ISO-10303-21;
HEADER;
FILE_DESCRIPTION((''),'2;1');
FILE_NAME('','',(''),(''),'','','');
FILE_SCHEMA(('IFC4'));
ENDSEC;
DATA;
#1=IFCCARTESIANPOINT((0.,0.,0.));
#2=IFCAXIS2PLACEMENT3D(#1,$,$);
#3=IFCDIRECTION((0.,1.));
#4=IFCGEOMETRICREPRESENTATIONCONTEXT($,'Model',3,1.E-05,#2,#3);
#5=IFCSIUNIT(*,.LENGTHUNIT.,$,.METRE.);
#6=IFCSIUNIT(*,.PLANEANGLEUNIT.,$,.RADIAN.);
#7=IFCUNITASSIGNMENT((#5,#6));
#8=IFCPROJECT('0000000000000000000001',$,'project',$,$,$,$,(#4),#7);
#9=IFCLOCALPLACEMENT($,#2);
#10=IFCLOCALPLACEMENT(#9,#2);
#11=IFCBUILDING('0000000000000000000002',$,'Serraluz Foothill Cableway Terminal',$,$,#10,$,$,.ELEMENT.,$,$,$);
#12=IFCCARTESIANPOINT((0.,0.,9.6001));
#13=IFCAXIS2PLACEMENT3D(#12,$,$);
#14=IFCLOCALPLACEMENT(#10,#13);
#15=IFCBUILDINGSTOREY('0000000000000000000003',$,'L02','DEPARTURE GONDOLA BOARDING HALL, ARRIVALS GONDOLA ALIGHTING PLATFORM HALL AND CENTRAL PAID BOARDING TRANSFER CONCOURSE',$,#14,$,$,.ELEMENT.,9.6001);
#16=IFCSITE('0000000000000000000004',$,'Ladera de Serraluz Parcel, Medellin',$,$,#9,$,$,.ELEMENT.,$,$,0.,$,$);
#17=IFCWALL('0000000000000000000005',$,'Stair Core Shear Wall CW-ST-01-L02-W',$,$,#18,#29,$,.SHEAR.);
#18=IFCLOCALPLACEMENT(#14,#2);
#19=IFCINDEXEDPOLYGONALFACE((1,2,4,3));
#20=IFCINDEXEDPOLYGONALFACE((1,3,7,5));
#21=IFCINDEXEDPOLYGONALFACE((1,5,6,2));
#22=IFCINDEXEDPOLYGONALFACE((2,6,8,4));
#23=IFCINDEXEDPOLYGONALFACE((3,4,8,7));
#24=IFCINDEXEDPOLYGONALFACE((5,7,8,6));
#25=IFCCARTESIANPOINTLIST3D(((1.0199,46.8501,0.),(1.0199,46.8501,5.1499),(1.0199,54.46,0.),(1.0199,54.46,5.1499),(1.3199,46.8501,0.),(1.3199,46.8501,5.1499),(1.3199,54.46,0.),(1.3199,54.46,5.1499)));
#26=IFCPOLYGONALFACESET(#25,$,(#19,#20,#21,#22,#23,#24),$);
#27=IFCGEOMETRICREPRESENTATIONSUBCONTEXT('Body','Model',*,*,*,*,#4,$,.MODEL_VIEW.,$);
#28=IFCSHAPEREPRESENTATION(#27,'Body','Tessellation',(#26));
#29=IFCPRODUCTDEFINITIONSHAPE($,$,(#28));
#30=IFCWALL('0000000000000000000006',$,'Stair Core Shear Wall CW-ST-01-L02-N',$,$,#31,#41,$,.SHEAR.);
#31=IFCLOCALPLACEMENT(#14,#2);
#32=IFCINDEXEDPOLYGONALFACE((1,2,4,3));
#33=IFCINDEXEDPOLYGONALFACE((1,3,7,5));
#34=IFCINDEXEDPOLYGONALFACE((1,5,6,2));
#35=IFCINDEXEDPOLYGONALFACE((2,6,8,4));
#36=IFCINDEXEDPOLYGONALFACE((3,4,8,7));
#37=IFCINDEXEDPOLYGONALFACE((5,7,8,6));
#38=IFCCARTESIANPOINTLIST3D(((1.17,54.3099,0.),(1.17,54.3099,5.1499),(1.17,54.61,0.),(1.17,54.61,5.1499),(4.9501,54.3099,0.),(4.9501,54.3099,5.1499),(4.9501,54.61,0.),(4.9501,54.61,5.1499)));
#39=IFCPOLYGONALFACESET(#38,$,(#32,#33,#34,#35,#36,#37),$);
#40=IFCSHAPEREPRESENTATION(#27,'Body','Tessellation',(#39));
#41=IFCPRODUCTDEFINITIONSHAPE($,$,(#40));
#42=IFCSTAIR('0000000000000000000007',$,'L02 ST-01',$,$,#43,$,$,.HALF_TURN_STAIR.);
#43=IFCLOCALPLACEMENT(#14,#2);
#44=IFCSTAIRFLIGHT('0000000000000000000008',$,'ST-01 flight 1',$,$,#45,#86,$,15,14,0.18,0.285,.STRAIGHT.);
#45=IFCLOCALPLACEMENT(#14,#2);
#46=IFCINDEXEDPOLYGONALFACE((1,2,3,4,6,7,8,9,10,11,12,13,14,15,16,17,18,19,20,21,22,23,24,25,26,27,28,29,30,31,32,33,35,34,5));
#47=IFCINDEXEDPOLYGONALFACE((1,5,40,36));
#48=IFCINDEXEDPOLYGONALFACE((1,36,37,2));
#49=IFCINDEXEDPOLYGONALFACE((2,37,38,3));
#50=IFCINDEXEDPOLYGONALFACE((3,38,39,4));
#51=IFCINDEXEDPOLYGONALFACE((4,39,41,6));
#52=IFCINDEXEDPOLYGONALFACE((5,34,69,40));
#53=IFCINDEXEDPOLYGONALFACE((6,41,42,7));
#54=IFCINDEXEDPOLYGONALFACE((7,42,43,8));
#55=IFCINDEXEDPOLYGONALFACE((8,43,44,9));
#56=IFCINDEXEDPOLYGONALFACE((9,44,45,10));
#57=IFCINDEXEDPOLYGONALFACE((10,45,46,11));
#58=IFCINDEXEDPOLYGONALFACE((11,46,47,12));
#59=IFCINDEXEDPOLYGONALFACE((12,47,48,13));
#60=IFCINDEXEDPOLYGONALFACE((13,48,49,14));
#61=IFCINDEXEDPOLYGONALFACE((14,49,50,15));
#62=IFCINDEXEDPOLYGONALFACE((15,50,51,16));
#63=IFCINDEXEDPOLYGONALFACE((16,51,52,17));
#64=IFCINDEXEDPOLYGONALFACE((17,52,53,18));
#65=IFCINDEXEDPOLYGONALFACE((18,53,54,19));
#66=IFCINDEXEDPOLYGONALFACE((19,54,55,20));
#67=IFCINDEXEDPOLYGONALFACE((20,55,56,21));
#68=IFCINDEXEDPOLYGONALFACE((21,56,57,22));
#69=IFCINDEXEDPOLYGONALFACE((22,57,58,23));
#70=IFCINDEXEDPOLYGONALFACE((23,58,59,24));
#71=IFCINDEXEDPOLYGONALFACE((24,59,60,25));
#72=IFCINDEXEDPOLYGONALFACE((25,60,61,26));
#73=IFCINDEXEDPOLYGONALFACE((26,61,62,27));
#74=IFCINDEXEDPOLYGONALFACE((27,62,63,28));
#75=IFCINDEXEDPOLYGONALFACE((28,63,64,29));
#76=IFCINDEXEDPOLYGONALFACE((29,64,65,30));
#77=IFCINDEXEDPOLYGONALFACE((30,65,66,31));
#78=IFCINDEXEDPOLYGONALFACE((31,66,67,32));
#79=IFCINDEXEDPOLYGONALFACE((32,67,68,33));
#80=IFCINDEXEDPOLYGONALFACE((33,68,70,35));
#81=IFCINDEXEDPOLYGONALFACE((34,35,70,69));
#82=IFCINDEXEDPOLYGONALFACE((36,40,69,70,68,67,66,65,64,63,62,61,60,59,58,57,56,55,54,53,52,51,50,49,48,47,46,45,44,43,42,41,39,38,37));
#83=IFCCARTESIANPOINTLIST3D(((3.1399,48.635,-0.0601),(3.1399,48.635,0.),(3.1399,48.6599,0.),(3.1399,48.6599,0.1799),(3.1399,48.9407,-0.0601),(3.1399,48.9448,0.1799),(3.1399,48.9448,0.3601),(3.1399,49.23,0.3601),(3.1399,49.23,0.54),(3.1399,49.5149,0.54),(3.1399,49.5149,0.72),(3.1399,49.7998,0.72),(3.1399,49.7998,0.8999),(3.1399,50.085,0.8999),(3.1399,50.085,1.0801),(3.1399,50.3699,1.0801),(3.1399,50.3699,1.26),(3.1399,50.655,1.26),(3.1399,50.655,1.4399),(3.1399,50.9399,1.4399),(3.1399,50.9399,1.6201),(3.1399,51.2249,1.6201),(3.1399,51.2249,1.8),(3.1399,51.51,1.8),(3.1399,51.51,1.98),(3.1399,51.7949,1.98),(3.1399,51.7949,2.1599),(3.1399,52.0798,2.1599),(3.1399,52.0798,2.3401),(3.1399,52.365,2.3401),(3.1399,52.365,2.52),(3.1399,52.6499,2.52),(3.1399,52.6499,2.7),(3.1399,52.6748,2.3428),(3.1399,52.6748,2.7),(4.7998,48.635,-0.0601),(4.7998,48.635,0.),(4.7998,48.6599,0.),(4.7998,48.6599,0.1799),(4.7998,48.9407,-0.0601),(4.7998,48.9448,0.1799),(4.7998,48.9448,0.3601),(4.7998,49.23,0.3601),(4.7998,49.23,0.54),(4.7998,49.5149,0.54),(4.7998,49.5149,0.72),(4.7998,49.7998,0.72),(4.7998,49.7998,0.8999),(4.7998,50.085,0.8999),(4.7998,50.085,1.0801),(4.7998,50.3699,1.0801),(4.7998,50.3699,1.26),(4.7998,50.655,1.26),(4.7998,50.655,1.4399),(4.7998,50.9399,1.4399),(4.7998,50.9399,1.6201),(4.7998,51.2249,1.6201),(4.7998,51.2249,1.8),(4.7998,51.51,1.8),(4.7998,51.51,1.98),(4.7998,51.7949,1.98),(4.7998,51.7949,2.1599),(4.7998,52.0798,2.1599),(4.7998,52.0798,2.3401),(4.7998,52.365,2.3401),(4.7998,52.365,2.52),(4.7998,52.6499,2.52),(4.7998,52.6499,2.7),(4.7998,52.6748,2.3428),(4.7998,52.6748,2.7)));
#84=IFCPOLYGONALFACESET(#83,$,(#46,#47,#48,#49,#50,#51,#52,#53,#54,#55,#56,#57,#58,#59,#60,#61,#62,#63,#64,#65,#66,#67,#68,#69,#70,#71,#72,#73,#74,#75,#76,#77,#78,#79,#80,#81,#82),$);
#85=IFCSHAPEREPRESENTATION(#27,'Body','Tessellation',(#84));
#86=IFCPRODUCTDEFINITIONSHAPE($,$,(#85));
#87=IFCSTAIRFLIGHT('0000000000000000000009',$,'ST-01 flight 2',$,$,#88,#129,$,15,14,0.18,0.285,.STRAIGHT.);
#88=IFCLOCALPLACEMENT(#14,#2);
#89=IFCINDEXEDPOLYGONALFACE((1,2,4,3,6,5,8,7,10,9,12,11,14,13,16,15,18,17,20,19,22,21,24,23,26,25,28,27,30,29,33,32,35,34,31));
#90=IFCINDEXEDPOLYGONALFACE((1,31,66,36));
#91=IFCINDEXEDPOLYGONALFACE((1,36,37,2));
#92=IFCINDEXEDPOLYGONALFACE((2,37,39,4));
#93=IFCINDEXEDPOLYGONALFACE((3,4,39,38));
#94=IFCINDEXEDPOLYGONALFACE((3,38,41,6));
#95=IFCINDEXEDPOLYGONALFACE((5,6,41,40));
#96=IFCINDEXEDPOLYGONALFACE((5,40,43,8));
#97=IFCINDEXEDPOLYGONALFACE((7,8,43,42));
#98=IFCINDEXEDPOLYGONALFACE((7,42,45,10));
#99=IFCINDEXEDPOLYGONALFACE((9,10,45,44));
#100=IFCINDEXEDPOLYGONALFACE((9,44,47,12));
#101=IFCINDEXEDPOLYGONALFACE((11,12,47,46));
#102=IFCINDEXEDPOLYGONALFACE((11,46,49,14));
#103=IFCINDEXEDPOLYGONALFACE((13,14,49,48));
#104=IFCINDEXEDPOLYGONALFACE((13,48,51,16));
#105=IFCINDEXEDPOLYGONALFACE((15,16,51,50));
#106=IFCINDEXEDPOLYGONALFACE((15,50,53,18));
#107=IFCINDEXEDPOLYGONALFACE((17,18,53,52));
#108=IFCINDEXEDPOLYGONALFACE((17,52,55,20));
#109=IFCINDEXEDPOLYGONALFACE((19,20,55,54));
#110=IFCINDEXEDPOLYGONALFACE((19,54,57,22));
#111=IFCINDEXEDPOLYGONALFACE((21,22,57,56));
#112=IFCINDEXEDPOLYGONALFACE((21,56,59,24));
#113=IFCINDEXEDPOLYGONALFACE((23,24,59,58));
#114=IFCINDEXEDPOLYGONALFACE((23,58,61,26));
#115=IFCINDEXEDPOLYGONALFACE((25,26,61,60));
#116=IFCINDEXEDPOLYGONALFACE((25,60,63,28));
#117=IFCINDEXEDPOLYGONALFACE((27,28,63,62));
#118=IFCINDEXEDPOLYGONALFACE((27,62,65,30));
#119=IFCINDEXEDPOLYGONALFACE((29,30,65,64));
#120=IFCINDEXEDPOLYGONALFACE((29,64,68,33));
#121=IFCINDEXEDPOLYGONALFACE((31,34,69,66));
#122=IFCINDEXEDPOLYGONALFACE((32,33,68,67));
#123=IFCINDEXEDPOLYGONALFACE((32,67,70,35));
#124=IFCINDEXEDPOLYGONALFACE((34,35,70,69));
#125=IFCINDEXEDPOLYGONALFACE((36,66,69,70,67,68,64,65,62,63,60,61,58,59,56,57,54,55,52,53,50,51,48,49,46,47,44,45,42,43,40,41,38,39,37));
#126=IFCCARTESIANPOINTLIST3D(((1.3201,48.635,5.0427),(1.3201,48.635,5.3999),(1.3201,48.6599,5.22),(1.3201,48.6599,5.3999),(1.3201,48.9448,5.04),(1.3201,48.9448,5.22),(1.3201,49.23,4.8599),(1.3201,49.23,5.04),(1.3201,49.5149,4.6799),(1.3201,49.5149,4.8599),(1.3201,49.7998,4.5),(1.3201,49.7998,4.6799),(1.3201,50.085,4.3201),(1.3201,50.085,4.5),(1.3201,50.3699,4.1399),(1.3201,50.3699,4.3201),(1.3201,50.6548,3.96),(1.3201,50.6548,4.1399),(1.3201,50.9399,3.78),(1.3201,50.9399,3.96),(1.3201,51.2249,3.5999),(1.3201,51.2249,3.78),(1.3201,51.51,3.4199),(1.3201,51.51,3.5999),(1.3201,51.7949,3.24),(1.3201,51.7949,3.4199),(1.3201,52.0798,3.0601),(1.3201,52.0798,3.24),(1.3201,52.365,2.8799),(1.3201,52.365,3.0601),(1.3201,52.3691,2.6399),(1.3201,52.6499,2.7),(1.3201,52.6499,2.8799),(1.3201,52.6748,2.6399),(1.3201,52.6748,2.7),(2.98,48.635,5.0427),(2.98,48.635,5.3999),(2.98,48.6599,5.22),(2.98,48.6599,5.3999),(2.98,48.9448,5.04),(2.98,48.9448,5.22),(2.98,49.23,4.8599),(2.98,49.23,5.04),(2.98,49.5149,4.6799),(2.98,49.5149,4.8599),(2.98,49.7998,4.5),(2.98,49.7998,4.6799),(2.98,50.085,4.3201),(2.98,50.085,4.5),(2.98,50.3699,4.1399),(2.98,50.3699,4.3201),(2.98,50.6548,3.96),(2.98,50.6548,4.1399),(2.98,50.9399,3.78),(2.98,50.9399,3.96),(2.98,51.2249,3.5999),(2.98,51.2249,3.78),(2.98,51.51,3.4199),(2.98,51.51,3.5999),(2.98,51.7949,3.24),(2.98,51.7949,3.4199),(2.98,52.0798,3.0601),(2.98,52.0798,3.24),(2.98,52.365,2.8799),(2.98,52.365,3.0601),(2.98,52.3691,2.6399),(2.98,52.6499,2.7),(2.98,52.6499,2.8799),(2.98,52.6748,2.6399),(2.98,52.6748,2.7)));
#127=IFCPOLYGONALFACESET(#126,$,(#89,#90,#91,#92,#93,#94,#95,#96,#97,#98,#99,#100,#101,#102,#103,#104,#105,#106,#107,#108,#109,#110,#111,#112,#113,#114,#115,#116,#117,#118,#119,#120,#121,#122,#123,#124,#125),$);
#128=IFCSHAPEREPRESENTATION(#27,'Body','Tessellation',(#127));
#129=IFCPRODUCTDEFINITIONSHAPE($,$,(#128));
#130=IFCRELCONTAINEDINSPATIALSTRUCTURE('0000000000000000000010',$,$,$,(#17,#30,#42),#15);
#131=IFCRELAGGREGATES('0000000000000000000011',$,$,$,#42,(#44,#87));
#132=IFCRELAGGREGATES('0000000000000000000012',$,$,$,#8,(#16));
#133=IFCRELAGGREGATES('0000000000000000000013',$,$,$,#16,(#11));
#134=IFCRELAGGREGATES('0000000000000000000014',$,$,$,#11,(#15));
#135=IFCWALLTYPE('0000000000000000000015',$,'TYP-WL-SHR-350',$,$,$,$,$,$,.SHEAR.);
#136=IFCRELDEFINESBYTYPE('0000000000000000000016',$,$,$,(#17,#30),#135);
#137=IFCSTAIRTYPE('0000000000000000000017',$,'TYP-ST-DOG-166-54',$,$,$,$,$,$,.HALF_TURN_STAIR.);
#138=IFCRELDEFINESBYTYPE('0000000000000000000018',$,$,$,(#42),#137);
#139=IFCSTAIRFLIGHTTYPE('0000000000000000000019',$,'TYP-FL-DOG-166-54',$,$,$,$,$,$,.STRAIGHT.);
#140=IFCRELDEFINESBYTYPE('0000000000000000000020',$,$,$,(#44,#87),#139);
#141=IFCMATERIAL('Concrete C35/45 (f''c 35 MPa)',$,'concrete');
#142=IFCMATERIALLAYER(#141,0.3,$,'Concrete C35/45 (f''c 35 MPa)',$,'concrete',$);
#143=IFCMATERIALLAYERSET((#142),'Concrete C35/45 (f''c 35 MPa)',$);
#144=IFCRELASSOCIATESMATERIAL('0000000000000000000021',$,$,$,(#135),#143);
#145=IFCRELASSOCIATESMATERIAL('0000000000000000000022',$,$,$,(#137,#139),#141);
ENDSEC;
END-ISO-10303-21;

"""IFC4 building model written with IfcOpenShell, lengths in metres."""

from ifc_helpers import new_model, si_unit, direction, frame, frame_2d, origin, place, context, subcontext, project, spatial, polyline, rectangle, outline, extrude, material, layer, layer_set, type_object, element, aggregate, save


model = new_model("IFC4")

# Units and contexts
model_context = context("Model", 3, precision=1e-05, world=origin(), true_north=direction((0.0, 1.0)))
body_context = subcontext(model_context, "Body", "Model", "MODEL_VIEW")
ifc_project = project(units=[si_unit("LENGTHUNIT", "METRE"), si_unit("PLANEANGLEUNIT", "RADIAN")], contexts=[model_context])

# Site, building, storey
site_placement = place(None, origin())
site = spatial("IfcSite", under=ifc_project, at=site_placement, Name="Ladera de Serraluz Parcel, Medellin", CompositionType="ELEMENT", RefElevation=0.0)
building_placement = place(site_placement, origin())
building = spatial("IfcBuilding", under=site, at=building_placement, Name="Serraluz Foothill Cableway Terminal", CompositionType="ELEMENT")
storey_placement = place(building_placement, frame((0.0, 0.0, 9.6001)))
storey = spatial("IfcBuildingStorey", under=building, at=storey_placement, Name="L02", Description="DEPARTURE GONDOLA BOARDING HALL, ARRIVALS GONDOLA ALIGHTING PLATFORM HALL AND CENTRAL PAID BOARDING TRANSFER CONCOURSE", CompositionType="ELEMENT", Elevation=9.6001)

# Shared definitions
ifc_material_1 = material(Name="Concrete C35/45 (f'c 35 MPa)", Category="concrete")

# Walls
ifc_layer_1 = layer(ifc_material_1, 0.3, Name="Concrete C35/45 (f'c 35 MPa)", Category="concrete")
ifc_layer_set_1 = layer_set([ifc_layer_1], Name="Concrete C35/45 (f'c 35 MPa)")
wall_type_1 = type_object("IfcWallType", Name="TYP-WL-SHR-350", PredefinedType="SHEAR", material=ifc_layer_set_1)
wall_1_placement = place(storey_placement, frame((1.1699, 46.8501, 0.0), z_axis=(0.0, 0.0, 1.0), x_axis=(0.0, 1.0, 0.0)))
element("IfcWall", 1, at=wall_1_placement, inside=storey, type_object=wall_type_1, Name="Stair Core Shear Wall CW-ST-01-L02-W", PredefinedType="SHEAR", context=body_context, shape_type="SweptSolid", body=[
    extrude(rectangle(XDim=7.6099, YDim=0.3, at=frame_2d((3.8049, 0.0))), origin(), (0.0, 0.0, 1.0), 5.1499),
])
wall_2_placement = place(storey_placement, frame((1.1699, 54.46, 0.0), z_axis=(0.0, 0.0, 1.0), x_axis=(1.0, 0.0, 0.0)))
element("IfcWall", 2, at=wall_2_placement, inside=storey, type_object=wall_type_1, Name="Stair Core Shear Wall CW-ST-01-L02-N", PredefinedType="SHEAR", context=body_context, shape_type="SweptSolid", body=[
    extrude(rectangle(XDim=3.78, YDim=0.3, at=frame_2d((1.8901, 0.0))), origin(), (0.0, 0.0, 1.0), 5.1499),
])

# Stair, stair flights
stair_type = type_object("IfcStairType", Name="TYP-ST-DOG-166-54", PredefinedType="HALF_TURN_STAIR", material=ifc_material_1)
stair_placement = place(storey_placement, origin())
stair = element("IfcStair", 3, at=stair_placement, inside=storey, type_object=stair_type, Name="L02 ST-01", PredefinedType="HALF_TURN_STAIR")
stair_flight_type = type_object("IfcStairFlightType", Name="TYP-FL-DOG-166-54", PredefinedType="STRAIGHT", material=ifc_material_1)
stair_flight_1_placement = place(storey_placement, frame((3.97, 48.6599, 0.0), z_axis=(0.0, 0.0, 1.0), x_axis=(0.0, 1.0, 0.0)))
stair_flight_1 = element("IfcStairFlight", 4, at=stair_flight_1_placement, type_object=stair_flight_type, Name="ST-01 flight 1", NumberOfRisers=15, NumberOfTreads=14, PredefinedType="STRAIGHT", RiserHeight=0.18, TreadLength=0.285, context=body_context, shape_type="SweptSolid", body=[
    extrude(outline(polyline([(-0.0249, -0.0601), (-0.0249, 0.0), (0.0, 0.0), (0.0, 0.1799), (0.2849, 0.1799), (0.2849, 0.3601), (0.5701, 0.3601), (0.5701, 0.54), (0.855, 0.54), (0.855, 0.72), (1.1399, 0.72), (1.1399, 0.8999), (1.425, 0.8999), (1.425, 1.0801), (1.71, 1.0801), (1.71, 1.26), (1.9951, 1.26), (1.9951, 1.4399), (2.28, 1.4399), (2.28, 1.6201), (2.5649, 1.6201), (2.5649, 1.8), (2.8501, 1.8), (2.8501, 1.98), (3.135, 1.98), (3.135, 2.1599), (3.4199, 2.1599), (3.4199, 2.3401), (3.7051, 2.3401), (3.7051, 2.52), (3.99, 2.52), (3.99, 2.7), (4.0149, 2.7), (4.0149, 2.3428), (0.2808, -0.0601), (-0.0249, -0.0601)])), frame((0.0, 0.8301, 0.0), z_axis=(0.0, -1.0, 0.0), x_axis=(1.0, 0.0, 0.0)), (0.0, 0.0, 1.0), 1.6599),
])
stair_flight_2_placement = place(storey_placement, frame((2.1499, 52.6499, 2.7), z_axis=(0.0, 0.0, 1.0), x_axis=(0.0, -1.0, 0.0)))
stair_flight_2 = element("IfcStairFlight", 5, at=stair_flight_2_placement, type_object=stair_flight_type, Name="ST-01 flight 2", NumberOfRisers=15, NumberOfTreads=14, PredefinedType="STRAIGHT", RiserHeight=0.18, TreadLength=0.285, context=body_context, shape_type="SweptSolid", body=[
    extrude(outline(polyline([(-0.0249, -0.0601), (-0.0249, 0.0), (0.0, 0.0), (0.0, 0.1799), (0.2849, 0.1799), (0.2849, 0.3601), (0.5701, 0.3601), (0.5701, 0.54), (0.855, 0.54), (0.855, 0.72), (1.1399, 0.72), (1.1399, 0.8999), (1.425, 0.8999), (1.425, 1.0801), (1.71, 1.0801), (1.71, 1.26), (1.9951, 1.26), (1.9951, 1.4399), (2.28, 1.4399), (2.28, 1.6201), (2.5649, 1.6201), (2.5649, 1.8), (2.8501, 1.8), (2.8501, 1.98), (3.135, 1.98), (3.135, 2.1599), (3.4199, 2.1599), (3.4199, 2.3401), (3.7051, 2.3401), (3.7051, 2.52), (3.99, 2.52), (3.99, 2.7), (4.0149, 2.7), (4.0149, 2.3428), (0.2808, -0.0601), (-0.0249, -0.0601)])), frame((0.0, 0.8301, 0.0), z_axis=(0.0, -1.0, 0.0), x_axis=(1.0, 0.0, 0.0)), (0.0, 0.0, 1.0), 1.6599),
])
aggregate(stair, [stair_flight_1, stair_flight_2])

save(model, "model.ifc")
